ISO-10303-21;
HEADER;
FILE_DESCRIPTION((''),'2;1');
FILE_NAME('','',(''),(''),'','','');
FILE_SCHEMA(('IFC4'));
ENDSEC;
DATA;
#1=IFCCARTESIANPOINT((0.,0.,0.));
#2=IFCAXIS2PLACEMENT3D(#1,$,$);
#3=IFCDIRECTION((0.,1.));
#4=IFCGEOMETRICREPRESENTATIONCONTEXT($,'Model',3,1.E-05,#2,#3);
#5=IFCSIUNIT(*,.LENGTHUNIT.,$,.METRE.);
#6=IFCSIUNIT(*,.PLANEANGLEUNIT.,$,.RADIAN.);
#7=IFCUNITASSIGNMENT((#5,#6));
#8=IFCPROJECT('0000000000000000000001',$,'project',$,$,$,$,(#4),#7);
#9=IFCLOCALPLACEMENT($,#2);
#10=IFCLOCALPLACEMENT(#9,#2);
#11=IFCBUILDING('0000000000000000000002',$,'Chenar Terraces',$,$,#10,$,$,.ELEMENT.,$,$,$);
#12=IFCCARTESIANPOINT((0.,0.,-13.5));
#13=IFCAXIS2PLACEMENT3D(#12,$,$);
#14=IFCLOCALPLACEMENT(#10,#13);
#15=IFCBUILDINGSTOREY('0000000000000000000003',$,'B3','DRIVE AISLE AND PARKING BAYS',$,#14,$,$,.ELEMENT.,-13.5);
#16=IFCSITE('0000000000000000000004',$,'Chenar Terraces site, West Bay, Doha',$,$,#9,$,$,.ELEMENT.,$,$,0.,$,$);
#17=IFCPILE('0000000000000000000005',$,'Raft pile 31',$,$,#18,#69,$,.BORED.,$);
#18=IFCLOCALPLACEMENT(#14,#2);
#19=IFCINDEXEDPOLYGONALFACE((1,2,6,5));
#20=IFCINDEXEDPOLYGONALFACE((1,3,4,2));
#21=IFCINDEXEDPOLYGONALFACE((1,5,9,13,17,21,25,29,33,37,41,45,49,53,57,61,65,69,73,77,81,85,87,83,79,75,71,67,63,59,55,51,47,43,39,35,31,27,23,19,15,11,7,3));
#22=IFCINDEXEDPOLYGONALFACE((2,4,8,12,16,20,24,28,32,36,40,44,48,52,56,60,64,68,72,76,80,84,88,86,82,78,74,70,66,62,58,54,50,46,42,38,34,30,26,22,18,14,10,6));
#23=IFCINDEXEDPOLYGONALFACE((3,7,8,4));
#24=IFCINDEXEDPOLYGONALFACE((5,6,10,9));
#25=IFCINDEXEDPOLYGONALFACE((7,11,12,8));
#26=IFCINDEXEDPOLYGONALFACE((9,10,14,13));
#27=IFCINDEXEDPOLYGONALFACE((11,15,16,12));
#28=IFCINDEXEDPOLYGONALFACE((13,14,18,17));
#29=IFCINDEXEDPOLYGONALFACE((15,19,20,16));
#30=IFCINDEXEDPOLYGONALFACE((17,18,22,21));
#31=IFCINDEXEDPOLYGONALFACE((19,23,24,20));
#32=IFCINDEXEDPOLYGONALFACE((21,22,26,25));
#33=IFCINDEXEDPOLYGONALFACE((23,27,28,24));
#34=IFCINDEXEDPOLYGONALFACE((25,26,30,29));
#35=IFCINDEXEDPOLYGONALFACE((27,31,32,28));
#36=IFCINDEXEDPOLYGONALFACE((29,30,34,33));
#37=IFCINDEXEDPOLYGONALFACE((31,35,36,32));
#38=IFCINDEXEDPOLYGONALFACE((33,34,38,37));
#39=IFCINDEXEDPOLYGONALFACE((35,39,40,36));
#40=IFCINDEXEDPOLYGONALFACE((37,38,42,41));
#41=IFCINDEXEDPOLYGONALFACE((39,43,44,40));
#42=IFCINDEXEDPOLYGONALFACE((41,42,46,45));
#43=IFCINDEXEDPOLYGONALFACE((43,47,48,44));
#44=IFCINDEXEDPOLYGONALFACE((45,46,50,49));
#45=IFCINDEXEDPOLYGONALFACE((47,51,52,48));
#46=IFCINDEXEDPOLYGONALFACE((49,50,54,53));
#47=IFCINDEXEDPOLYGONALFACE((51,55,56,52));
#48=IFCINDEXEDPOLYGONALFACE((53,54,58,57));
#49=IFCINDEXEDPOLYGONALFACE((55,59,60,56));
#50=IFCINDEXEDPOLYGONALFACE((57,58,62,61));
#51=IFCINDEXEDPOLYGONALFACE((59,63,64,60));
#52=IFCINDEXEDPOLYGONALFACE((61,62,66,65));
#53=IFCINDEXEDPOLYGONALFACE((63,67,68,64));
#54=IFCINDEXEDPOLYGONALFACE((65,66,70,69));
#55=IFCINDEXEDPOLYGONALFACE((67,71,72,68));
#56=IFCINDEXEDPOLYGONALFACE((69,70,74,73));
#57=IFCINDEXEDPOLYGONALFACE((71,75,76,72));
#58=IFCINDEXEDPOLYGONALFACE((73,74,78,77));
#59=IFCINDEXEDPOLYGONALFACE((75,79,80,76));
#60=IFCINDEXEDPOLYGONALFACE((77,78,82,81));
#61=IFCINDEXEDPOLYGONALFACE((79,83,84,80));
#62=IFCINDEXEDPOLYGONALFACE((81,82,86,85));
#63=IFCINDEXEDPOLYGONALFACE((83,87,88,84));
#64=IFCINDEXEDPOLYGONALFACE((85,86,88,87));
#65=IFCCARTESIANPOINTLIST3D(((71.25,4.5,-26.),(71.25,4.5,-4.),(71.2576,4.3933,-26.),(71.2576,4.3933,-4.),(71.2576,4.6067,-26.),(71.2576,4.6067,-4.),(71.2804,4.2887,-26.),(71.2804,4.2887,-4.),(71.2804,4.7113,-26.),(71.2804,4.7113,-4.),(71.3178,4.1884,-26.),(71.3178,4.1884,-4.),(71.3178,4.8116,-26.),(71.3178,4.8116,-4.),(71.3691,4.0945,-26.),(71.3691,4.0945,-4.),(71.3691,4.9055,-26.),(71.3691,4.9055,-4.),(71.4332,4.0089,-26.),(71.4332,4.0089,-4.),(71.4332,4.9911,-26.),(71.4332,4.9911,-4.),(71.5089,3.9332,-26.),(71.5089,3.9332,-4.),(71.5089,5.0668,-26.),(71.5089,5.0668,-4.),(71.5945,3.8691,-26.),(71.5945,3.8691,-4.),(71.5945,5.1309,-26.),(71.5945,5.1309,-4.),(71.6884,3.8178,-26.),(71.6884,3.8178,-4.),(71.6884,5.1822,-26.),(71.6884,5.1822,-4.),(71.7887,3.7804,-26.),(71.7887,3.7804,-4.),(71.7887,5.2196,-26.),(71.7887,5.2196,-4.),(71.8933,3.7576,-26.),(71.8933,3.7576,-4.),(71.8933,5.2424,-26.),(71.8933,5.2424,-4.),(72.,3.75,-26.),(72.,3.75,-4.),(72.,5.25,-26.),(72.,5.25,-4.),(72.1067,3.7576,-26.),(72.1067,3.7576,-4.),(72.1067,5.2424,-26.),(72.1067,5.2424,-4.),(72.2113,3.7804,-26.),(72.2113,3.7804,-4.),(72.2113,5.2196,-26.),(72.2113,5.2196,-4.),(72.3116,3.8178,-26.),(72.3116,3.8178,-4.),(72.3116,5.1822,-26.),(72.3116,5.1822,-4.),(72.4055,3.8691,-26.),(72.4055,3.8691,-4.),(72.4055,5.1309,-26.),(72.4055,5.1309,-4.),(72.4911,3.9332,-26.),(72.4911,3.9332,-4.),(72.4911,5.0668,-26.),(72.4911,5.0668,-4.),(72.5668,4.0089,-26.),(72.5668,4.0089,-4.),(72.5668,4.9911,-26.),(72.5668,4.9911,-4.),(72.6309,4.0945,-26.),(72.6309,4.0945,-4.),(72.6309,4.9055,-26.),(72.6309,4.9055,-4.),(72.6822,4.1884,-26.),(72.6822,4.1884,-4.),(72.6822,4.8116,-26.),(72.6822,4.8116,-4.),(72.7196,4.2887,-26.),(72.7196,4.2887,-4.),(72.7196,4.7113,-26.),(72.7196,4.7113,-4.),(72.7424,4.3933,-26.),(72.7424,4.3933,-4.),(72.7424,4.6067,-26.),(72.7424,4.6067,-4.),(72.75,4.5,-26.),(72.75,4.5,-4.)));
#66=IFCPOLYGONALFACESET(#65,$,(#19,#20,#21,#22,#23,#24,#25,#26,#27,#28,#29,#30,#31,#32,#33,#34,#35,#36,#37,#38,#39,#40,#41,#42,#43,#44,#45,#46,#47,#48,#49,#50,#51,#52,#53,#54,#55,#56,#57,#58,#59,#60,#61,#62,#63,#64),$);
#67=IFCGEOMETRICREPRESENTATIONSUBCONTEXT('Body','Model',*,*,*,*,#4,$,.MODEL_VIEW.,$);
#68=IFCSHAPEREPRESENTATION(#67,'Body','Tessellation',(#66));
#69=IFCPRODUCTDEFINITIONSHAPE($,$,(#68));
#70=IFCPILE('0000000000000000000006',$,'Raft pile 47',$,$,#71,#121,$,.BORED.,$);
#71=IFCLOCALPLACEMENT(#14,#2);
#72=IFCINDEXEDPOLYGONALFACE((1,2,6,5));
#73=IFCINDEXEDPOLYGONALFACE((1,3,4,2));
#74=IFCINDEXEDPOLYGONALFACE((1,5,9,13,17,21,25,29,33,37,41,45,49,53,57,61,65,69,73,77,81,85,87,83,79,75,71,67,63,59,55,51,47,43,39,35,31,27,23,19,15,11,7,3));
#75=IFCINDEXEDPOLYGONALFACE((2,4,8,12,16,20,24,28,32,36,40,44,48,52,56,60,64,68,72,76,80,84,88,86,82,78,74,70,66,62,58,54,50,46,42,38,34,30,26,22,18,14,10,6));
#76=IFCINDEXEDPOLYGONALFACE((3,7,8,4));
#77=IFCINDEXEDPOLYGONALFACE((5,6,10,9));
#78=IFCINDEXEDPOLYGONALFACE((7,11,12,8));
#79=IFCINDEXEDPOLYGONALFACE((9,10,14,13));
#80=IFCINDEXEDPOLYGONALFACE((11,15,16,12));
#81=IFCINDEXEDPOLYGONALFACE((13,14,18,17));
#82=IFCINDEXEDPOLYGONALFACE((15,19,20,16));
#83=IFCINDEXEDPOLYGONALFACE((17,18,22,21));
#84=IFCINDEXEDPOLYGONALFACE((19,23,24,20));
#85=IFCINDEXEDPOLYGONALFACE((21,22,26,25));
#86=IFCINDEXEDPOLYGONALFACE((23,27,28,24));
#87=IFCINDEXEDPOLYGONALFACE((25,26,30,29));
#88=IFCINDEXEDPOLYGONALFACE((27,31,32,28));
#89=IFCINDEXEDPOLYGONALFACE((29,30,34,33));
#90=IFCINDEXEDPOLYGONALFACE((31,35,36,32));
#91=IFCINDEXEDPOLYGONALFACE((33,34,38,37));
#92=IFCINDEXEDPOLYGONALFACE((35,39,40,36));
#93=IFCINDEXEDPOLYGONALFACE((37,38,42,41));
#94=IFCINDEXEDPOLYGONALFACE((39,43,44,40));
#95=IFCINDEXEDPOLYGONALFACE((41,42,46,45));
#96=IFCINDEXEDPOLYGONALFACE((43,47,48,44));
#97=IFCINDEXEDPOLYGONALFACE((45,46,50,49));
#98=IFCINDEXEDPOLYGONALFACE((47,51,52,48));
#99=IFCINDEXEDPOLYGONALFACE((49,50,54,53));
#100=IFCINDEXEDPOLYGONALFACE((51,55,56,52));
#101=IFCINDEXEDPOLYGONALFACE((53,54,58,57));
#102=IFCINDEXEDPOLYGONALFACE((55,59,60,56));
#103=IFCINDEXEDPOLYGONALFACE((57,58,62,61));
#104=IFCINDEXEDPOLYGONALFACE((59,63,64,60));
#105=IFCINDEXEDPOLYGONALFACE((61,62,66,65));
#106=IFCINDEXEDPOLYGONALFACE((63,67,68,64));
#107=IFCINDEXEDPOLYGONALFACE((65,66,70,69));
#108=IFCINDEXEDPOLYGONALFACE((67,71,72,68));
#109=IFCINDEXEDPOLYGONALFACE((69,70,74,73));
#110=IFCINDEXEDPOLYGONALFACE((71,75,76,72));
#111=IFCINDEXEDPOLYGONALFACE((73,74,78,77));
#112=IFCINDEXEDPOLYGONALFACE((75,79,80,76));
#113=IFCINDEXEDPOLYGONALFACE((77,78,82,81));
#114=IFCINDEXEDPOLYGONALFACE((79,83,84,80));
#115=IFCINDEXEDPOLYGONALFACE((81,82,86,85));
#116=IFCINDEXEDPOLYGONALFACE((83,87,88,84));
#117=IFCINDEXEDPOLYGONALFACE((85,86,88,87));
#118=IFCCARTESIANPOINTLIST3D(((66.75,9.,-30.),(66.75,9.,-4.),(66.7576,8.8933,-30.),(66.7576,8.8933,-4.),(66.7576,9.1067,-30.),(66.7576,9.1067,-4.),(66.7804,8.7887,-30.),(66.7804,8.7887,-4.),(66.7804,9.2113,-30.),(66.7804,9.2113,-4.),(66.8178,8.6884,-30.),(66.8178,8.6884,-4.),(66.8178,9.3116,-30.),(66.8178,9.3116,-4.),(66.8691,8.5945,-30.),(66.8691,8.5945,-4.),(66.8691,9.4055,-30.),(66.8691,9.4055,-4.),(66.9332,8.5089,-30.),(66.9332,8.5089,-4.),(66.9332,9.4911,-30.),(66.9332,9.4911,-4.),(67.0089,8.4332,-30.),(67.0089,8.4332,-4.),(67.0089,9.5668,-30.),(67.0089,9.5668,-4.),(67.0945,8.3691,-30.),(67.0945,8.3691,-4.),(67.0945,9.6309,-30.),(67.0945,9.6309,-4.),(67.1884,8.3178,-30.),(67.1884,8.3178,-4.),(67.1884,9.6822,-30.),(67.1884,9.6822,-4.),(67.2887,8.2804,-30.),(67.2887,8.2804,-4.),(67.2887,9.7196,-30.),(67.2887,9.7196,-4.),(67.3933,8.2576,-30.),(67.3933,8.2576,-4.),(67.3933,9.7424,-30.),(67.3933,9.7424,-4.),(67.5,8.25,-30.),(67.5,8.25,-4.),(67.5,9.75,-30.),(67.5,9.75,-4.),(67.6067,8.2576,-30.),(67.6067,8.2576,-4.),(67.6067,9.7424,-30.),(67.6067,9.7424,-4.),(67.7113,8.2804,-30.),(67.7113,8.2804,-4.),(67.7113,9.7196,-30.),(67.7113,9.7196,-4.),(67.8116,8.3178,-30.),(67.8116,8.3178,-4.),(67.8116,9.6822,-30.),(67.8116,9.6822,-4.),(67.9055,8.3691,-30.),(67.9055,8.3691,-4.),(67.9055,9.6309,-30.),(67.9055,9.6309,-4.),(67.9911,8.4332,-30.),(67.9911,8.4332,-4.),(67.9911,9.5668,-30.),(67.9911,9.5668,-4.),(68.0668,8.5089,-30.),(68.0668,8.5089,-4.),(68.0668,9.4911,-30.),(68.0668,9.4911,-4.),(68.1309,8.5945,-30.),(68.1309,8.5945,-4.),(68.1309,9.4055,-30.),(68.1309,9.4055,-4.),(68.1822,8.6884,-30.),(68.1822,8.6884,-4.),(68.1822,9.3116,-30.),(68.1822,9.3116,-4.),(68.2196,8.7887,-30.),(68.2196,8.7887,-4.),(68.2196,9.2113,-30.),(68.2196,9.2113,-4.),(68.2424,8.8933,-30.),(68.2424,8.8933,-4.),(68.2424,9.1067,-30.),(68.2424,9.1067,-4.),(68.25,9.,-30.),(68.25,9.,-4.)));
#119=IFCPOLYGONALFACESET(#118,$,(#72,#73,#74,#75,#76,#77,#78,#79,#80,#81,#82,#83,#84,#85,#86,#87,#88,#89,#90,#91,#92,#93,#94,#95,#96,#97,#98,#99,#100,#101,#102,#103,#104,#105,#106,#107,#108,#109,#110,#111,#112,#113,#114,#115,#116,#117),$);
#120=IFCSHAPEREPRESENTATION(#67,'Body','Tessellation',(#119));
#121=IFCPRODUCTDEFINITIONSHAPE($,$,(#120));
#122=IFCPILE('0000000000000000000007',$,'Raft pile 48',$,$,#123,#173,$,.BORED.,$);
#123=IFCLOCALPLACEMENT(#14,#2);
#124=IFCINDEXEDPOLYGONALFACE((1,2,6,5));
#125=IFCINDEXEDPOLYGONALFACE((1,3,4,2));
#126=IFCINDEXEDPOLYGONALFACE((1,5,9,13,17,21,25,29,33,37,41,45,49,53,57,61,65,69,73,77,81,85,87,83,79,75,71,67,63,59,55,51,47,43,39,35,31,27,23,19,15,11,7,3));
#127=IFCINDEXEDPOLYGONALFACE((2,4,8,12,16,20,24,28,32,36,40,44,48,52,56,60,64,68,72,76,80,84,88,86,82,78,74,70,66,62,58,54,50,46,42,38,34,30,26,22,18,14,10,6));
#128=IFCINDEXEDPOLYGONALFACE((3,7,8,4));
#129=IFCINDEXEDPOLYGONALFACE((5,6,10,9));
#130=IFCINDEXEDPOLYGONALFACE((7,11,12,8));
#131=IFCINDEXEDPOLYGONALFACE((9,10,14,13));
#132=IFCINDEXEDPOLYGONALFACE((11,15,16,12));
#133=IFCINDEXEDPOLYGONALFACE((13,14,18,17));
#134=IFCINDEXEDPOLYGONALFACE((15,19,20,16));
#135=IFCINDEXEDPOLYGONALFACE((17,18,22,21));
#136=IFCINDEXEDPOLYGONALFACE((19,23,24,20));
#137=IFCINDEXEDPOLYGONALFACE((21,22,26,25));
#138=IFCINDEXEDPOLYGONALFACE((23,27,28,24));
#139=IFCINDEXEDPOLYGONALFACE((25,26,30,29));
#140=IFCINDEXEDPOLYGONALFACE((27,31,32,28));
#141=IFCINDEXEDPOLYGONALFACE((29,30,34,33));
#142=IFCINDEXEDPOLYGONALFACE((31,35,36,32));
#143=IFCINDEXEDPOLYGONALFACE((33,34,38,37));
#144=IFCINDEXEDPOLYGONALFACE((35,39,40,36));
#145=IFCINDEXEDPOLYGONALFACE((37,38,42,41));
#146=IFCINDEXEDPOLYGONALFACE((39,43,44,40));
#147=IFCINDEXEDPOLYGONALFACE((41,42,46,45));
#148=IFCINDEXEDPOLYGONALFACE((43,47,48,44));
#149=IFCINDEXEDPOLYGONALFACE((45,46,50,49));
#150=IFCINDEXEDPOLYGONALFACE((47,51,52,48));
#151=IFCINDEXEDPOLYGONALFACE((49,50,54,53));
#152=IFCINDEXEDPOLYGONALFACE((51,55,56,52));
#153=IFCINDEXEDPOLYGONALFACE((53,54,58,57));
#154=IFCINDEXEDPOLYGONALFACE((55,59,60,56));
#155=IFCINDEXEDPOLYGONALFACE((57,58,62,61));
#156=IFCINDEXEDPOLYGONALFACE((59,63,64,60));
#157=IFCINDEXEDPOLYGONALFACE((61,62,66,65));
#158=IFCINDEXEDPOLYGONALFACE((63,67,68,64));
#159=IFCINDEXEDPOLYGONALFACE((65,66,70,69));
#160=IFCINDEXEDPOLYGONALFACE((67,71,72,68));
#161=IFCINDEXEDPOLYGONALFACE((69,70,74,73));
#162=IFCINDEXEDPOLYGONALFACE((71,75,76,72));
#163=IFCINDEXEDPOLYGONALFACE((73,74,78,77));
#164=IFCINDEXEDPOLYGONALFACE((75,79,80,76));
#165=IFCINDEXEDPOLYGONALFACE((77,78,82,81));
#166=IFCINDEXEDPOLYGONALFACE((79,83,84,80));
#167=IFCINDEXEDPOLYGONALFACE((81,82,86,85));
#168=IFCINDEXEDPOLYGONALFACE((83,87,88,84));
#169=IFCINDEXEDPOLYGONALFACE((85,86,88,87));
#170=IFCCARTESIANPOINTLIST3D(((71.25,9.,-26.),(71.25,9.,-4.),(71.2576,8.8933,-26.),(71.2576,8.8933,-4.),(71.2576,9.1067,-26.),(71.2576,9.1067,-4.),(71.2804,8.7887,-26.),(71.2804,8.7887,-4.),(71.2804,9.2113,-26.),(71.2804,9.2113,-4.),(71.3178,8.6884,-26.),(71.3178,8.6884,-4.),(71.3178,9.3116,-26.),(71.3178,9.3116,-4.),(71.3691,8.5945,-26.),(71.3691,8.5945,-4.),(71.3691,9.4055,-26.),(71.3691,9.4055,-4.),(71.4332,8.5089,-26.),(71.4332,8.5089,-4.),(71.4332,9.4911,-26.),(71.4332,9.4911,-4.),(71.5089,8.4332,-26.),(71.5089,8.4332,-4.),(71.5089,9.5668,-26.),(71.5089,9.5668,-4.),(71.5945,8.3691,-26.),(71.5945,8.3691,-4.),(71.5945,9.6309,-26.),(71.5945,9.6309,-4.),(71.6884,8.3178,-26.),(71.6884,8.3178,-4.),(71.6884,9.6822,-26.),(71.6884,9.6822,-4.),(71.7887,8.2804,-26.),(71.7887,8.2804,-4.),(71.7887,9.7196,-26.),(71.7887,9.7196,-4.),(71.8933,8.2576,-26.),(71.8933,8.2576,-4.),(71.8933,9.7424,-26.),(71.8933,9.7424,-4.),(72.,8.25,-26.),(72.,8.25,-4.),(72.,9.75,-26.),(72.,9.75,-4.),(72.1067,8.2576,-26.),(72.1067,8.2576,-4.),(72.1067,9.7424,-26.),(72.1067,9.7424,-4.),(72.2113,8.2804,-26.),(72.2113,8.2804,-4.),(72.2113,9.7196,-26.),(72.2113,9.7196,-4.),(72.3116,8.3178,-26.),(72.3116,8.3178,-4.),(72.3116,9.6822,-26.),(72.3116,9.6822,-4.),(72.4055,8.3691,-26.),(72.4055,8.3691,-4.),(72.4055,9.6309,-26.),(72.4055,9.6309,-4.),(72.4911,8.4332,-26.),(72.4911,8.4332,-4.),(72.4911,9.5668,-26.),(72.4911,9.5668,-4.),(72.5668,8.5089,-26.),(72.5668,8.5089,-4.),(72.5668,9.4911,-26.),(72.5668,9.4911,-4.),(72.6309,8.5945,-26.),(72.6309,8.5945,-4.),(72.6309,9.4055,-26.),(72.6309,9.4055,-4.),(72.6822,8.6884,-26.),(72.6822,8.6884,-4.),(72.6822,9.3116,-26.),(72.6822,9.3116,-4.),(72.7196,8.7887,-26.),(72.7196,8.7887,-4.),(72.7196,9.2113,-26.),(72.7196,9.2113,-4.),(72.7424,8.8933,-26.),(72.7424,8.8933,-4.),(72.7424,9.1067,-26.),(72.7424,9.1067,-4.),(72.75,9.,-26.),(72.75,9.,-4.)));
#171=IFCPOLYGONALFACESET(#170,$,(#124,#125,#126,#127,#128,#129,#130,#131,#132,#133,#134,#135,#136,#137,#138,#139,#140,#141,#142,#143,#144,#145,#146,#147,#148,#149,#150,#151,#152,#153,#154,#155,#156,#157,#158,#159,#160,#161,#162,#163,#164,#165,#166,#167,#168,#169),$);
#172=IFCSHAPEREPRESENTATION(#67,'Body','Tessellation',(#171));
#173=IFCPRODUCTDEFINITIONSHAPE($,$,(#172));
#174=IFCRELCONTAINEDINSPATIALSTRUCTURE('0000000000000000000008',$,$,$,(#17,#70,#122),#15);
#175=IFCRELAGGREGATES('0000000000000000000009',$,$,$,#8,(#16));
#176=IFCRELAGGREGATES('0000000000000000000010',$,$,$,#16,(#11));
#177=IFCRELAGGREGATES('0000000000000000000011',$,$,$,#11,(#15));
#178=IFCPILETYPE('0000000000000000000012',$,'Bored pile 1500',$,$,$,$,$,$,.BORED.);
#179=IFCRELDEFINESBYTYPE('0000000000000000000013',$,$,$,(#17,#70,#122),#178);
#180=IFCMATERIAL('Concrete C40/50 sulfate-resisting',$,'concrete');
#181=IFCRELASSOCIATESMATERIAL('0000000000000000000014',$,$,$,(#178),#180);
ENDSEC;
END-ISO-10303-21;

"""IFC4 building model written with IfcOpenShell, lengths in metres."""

from ifc_helpers import new_model, si_unit, direction, frame, origin, origin_2d, place, context, subcontext, project, spatial, circle, extrude, material, material_profile, profile_set, type_object, element, save


model = new_model("IFC4")

# Units and contexts
model_context = context("Model", 3, precision=1e-05, world=origin(), true_north=direction((0.0, 1.0)))
body_context = subcontext(model_context, "Body", "Model", "MODEL_VIEW")
ifc_project = project(units=[si_unit("LENGTHUNIT", "METRE"), si_unit("PLANEANGLEUNIT", "RADIAN")], contexts=[model_context])

# Site, building, storey
site_placement = place(None, origin())
site = spatial("IfcSite", under=ifc_project, at=site_placement, Name="Chenar Terraces site, West Bay, Doha", CompositionType="ELEMENT", RefElevation=0.0)
building_placement = place(site_placement, origin())
building = spatial("IfcBuilding", under=site, at=building_placement, Name="Chenar Terraces", CompositionType="ELEMENT")
storey_placement = place(building_placement, frame((0.0, 0.0, -13.5)))
storey = spatial("IfcBuildingStorey", under=building, at=storey_placement, Name="B3", Description="DRIVE AISLE AND PARKING BAYS", CompositionType="ELEMENT", Elevation=-13.5)

# Piles
ifc_material_1 = material(Name="Concrete C40/50 sulfate-resisting", Category="concrete")
ifc_material_profile_1 = material_profile(ifc_material_1, circle(Radius=0.75, at=origin_2d()), Name="BP 1500")
ifc_profile_set_1 = profile_set([ifc_material_profile_1], Name="Concrete C40/50 sulfate-resisting")
pile_type_1 = type_object("IfcPileType", Name="Bored pile 1500", PredefinedType="BORED", material=ifc_profile_set_1)
pile_1_placement = place(storey_placement, frame((72.0, 4.5, -4.0), z_axis=(0.0, 0.0, -1.0), x_axis=(1.0, 0.0, 0.0)))
element("IfcPile", 1, at=pile_1_placement, inside=storey, type_object=pile_type_1, Name="Raft pile 31", PredefinedType="BORED", context=body_context, shape_type="SweptSolid", body=[
    extrude(circle(Radius=0.75, at=origin_2d()), origin(), (0.0, 0.0, 1.0), 22.0),
])
pile_2_placement = place(storey_placement, frame((67.5, 9.0, -4.0), z_axis=(0.0, 0.0, -1.0), x_axis=(1.0, 0.0, 0.0)))
element("IfcPile", 2, at=pile_2_placement, inside=storey, type_object=pile_type_1, Name="Raft pile 47", PredefinedType="BORED", context=body_context, shape_type="SweptSolid", body=[
    extrude(circle(Radius=0.75, at=origin_2d()), origin(), (0.0, 0.0, 1.0), 26.0),
])
pile_3_placement = place(storey_placement, frame((72.0, 9.0, -4.0), z_axis=(0.0, 0.0, -1.0), x_axis=(1.0, 0.0, 0.0)))
element("IfcPile", 3, at=pile_3_placement, inside=storey, type_object=pile_type_1, Name="Raft pile 48", PredefinedType="BORED", context=body_context, shape_type="SweptSolid", body=[
    extrude(circle(Radius=0.75, at=origin_2d()), origin(), (0.0, 0.0, 1.0), 22.0),
])

save(model, "model.ifc")
